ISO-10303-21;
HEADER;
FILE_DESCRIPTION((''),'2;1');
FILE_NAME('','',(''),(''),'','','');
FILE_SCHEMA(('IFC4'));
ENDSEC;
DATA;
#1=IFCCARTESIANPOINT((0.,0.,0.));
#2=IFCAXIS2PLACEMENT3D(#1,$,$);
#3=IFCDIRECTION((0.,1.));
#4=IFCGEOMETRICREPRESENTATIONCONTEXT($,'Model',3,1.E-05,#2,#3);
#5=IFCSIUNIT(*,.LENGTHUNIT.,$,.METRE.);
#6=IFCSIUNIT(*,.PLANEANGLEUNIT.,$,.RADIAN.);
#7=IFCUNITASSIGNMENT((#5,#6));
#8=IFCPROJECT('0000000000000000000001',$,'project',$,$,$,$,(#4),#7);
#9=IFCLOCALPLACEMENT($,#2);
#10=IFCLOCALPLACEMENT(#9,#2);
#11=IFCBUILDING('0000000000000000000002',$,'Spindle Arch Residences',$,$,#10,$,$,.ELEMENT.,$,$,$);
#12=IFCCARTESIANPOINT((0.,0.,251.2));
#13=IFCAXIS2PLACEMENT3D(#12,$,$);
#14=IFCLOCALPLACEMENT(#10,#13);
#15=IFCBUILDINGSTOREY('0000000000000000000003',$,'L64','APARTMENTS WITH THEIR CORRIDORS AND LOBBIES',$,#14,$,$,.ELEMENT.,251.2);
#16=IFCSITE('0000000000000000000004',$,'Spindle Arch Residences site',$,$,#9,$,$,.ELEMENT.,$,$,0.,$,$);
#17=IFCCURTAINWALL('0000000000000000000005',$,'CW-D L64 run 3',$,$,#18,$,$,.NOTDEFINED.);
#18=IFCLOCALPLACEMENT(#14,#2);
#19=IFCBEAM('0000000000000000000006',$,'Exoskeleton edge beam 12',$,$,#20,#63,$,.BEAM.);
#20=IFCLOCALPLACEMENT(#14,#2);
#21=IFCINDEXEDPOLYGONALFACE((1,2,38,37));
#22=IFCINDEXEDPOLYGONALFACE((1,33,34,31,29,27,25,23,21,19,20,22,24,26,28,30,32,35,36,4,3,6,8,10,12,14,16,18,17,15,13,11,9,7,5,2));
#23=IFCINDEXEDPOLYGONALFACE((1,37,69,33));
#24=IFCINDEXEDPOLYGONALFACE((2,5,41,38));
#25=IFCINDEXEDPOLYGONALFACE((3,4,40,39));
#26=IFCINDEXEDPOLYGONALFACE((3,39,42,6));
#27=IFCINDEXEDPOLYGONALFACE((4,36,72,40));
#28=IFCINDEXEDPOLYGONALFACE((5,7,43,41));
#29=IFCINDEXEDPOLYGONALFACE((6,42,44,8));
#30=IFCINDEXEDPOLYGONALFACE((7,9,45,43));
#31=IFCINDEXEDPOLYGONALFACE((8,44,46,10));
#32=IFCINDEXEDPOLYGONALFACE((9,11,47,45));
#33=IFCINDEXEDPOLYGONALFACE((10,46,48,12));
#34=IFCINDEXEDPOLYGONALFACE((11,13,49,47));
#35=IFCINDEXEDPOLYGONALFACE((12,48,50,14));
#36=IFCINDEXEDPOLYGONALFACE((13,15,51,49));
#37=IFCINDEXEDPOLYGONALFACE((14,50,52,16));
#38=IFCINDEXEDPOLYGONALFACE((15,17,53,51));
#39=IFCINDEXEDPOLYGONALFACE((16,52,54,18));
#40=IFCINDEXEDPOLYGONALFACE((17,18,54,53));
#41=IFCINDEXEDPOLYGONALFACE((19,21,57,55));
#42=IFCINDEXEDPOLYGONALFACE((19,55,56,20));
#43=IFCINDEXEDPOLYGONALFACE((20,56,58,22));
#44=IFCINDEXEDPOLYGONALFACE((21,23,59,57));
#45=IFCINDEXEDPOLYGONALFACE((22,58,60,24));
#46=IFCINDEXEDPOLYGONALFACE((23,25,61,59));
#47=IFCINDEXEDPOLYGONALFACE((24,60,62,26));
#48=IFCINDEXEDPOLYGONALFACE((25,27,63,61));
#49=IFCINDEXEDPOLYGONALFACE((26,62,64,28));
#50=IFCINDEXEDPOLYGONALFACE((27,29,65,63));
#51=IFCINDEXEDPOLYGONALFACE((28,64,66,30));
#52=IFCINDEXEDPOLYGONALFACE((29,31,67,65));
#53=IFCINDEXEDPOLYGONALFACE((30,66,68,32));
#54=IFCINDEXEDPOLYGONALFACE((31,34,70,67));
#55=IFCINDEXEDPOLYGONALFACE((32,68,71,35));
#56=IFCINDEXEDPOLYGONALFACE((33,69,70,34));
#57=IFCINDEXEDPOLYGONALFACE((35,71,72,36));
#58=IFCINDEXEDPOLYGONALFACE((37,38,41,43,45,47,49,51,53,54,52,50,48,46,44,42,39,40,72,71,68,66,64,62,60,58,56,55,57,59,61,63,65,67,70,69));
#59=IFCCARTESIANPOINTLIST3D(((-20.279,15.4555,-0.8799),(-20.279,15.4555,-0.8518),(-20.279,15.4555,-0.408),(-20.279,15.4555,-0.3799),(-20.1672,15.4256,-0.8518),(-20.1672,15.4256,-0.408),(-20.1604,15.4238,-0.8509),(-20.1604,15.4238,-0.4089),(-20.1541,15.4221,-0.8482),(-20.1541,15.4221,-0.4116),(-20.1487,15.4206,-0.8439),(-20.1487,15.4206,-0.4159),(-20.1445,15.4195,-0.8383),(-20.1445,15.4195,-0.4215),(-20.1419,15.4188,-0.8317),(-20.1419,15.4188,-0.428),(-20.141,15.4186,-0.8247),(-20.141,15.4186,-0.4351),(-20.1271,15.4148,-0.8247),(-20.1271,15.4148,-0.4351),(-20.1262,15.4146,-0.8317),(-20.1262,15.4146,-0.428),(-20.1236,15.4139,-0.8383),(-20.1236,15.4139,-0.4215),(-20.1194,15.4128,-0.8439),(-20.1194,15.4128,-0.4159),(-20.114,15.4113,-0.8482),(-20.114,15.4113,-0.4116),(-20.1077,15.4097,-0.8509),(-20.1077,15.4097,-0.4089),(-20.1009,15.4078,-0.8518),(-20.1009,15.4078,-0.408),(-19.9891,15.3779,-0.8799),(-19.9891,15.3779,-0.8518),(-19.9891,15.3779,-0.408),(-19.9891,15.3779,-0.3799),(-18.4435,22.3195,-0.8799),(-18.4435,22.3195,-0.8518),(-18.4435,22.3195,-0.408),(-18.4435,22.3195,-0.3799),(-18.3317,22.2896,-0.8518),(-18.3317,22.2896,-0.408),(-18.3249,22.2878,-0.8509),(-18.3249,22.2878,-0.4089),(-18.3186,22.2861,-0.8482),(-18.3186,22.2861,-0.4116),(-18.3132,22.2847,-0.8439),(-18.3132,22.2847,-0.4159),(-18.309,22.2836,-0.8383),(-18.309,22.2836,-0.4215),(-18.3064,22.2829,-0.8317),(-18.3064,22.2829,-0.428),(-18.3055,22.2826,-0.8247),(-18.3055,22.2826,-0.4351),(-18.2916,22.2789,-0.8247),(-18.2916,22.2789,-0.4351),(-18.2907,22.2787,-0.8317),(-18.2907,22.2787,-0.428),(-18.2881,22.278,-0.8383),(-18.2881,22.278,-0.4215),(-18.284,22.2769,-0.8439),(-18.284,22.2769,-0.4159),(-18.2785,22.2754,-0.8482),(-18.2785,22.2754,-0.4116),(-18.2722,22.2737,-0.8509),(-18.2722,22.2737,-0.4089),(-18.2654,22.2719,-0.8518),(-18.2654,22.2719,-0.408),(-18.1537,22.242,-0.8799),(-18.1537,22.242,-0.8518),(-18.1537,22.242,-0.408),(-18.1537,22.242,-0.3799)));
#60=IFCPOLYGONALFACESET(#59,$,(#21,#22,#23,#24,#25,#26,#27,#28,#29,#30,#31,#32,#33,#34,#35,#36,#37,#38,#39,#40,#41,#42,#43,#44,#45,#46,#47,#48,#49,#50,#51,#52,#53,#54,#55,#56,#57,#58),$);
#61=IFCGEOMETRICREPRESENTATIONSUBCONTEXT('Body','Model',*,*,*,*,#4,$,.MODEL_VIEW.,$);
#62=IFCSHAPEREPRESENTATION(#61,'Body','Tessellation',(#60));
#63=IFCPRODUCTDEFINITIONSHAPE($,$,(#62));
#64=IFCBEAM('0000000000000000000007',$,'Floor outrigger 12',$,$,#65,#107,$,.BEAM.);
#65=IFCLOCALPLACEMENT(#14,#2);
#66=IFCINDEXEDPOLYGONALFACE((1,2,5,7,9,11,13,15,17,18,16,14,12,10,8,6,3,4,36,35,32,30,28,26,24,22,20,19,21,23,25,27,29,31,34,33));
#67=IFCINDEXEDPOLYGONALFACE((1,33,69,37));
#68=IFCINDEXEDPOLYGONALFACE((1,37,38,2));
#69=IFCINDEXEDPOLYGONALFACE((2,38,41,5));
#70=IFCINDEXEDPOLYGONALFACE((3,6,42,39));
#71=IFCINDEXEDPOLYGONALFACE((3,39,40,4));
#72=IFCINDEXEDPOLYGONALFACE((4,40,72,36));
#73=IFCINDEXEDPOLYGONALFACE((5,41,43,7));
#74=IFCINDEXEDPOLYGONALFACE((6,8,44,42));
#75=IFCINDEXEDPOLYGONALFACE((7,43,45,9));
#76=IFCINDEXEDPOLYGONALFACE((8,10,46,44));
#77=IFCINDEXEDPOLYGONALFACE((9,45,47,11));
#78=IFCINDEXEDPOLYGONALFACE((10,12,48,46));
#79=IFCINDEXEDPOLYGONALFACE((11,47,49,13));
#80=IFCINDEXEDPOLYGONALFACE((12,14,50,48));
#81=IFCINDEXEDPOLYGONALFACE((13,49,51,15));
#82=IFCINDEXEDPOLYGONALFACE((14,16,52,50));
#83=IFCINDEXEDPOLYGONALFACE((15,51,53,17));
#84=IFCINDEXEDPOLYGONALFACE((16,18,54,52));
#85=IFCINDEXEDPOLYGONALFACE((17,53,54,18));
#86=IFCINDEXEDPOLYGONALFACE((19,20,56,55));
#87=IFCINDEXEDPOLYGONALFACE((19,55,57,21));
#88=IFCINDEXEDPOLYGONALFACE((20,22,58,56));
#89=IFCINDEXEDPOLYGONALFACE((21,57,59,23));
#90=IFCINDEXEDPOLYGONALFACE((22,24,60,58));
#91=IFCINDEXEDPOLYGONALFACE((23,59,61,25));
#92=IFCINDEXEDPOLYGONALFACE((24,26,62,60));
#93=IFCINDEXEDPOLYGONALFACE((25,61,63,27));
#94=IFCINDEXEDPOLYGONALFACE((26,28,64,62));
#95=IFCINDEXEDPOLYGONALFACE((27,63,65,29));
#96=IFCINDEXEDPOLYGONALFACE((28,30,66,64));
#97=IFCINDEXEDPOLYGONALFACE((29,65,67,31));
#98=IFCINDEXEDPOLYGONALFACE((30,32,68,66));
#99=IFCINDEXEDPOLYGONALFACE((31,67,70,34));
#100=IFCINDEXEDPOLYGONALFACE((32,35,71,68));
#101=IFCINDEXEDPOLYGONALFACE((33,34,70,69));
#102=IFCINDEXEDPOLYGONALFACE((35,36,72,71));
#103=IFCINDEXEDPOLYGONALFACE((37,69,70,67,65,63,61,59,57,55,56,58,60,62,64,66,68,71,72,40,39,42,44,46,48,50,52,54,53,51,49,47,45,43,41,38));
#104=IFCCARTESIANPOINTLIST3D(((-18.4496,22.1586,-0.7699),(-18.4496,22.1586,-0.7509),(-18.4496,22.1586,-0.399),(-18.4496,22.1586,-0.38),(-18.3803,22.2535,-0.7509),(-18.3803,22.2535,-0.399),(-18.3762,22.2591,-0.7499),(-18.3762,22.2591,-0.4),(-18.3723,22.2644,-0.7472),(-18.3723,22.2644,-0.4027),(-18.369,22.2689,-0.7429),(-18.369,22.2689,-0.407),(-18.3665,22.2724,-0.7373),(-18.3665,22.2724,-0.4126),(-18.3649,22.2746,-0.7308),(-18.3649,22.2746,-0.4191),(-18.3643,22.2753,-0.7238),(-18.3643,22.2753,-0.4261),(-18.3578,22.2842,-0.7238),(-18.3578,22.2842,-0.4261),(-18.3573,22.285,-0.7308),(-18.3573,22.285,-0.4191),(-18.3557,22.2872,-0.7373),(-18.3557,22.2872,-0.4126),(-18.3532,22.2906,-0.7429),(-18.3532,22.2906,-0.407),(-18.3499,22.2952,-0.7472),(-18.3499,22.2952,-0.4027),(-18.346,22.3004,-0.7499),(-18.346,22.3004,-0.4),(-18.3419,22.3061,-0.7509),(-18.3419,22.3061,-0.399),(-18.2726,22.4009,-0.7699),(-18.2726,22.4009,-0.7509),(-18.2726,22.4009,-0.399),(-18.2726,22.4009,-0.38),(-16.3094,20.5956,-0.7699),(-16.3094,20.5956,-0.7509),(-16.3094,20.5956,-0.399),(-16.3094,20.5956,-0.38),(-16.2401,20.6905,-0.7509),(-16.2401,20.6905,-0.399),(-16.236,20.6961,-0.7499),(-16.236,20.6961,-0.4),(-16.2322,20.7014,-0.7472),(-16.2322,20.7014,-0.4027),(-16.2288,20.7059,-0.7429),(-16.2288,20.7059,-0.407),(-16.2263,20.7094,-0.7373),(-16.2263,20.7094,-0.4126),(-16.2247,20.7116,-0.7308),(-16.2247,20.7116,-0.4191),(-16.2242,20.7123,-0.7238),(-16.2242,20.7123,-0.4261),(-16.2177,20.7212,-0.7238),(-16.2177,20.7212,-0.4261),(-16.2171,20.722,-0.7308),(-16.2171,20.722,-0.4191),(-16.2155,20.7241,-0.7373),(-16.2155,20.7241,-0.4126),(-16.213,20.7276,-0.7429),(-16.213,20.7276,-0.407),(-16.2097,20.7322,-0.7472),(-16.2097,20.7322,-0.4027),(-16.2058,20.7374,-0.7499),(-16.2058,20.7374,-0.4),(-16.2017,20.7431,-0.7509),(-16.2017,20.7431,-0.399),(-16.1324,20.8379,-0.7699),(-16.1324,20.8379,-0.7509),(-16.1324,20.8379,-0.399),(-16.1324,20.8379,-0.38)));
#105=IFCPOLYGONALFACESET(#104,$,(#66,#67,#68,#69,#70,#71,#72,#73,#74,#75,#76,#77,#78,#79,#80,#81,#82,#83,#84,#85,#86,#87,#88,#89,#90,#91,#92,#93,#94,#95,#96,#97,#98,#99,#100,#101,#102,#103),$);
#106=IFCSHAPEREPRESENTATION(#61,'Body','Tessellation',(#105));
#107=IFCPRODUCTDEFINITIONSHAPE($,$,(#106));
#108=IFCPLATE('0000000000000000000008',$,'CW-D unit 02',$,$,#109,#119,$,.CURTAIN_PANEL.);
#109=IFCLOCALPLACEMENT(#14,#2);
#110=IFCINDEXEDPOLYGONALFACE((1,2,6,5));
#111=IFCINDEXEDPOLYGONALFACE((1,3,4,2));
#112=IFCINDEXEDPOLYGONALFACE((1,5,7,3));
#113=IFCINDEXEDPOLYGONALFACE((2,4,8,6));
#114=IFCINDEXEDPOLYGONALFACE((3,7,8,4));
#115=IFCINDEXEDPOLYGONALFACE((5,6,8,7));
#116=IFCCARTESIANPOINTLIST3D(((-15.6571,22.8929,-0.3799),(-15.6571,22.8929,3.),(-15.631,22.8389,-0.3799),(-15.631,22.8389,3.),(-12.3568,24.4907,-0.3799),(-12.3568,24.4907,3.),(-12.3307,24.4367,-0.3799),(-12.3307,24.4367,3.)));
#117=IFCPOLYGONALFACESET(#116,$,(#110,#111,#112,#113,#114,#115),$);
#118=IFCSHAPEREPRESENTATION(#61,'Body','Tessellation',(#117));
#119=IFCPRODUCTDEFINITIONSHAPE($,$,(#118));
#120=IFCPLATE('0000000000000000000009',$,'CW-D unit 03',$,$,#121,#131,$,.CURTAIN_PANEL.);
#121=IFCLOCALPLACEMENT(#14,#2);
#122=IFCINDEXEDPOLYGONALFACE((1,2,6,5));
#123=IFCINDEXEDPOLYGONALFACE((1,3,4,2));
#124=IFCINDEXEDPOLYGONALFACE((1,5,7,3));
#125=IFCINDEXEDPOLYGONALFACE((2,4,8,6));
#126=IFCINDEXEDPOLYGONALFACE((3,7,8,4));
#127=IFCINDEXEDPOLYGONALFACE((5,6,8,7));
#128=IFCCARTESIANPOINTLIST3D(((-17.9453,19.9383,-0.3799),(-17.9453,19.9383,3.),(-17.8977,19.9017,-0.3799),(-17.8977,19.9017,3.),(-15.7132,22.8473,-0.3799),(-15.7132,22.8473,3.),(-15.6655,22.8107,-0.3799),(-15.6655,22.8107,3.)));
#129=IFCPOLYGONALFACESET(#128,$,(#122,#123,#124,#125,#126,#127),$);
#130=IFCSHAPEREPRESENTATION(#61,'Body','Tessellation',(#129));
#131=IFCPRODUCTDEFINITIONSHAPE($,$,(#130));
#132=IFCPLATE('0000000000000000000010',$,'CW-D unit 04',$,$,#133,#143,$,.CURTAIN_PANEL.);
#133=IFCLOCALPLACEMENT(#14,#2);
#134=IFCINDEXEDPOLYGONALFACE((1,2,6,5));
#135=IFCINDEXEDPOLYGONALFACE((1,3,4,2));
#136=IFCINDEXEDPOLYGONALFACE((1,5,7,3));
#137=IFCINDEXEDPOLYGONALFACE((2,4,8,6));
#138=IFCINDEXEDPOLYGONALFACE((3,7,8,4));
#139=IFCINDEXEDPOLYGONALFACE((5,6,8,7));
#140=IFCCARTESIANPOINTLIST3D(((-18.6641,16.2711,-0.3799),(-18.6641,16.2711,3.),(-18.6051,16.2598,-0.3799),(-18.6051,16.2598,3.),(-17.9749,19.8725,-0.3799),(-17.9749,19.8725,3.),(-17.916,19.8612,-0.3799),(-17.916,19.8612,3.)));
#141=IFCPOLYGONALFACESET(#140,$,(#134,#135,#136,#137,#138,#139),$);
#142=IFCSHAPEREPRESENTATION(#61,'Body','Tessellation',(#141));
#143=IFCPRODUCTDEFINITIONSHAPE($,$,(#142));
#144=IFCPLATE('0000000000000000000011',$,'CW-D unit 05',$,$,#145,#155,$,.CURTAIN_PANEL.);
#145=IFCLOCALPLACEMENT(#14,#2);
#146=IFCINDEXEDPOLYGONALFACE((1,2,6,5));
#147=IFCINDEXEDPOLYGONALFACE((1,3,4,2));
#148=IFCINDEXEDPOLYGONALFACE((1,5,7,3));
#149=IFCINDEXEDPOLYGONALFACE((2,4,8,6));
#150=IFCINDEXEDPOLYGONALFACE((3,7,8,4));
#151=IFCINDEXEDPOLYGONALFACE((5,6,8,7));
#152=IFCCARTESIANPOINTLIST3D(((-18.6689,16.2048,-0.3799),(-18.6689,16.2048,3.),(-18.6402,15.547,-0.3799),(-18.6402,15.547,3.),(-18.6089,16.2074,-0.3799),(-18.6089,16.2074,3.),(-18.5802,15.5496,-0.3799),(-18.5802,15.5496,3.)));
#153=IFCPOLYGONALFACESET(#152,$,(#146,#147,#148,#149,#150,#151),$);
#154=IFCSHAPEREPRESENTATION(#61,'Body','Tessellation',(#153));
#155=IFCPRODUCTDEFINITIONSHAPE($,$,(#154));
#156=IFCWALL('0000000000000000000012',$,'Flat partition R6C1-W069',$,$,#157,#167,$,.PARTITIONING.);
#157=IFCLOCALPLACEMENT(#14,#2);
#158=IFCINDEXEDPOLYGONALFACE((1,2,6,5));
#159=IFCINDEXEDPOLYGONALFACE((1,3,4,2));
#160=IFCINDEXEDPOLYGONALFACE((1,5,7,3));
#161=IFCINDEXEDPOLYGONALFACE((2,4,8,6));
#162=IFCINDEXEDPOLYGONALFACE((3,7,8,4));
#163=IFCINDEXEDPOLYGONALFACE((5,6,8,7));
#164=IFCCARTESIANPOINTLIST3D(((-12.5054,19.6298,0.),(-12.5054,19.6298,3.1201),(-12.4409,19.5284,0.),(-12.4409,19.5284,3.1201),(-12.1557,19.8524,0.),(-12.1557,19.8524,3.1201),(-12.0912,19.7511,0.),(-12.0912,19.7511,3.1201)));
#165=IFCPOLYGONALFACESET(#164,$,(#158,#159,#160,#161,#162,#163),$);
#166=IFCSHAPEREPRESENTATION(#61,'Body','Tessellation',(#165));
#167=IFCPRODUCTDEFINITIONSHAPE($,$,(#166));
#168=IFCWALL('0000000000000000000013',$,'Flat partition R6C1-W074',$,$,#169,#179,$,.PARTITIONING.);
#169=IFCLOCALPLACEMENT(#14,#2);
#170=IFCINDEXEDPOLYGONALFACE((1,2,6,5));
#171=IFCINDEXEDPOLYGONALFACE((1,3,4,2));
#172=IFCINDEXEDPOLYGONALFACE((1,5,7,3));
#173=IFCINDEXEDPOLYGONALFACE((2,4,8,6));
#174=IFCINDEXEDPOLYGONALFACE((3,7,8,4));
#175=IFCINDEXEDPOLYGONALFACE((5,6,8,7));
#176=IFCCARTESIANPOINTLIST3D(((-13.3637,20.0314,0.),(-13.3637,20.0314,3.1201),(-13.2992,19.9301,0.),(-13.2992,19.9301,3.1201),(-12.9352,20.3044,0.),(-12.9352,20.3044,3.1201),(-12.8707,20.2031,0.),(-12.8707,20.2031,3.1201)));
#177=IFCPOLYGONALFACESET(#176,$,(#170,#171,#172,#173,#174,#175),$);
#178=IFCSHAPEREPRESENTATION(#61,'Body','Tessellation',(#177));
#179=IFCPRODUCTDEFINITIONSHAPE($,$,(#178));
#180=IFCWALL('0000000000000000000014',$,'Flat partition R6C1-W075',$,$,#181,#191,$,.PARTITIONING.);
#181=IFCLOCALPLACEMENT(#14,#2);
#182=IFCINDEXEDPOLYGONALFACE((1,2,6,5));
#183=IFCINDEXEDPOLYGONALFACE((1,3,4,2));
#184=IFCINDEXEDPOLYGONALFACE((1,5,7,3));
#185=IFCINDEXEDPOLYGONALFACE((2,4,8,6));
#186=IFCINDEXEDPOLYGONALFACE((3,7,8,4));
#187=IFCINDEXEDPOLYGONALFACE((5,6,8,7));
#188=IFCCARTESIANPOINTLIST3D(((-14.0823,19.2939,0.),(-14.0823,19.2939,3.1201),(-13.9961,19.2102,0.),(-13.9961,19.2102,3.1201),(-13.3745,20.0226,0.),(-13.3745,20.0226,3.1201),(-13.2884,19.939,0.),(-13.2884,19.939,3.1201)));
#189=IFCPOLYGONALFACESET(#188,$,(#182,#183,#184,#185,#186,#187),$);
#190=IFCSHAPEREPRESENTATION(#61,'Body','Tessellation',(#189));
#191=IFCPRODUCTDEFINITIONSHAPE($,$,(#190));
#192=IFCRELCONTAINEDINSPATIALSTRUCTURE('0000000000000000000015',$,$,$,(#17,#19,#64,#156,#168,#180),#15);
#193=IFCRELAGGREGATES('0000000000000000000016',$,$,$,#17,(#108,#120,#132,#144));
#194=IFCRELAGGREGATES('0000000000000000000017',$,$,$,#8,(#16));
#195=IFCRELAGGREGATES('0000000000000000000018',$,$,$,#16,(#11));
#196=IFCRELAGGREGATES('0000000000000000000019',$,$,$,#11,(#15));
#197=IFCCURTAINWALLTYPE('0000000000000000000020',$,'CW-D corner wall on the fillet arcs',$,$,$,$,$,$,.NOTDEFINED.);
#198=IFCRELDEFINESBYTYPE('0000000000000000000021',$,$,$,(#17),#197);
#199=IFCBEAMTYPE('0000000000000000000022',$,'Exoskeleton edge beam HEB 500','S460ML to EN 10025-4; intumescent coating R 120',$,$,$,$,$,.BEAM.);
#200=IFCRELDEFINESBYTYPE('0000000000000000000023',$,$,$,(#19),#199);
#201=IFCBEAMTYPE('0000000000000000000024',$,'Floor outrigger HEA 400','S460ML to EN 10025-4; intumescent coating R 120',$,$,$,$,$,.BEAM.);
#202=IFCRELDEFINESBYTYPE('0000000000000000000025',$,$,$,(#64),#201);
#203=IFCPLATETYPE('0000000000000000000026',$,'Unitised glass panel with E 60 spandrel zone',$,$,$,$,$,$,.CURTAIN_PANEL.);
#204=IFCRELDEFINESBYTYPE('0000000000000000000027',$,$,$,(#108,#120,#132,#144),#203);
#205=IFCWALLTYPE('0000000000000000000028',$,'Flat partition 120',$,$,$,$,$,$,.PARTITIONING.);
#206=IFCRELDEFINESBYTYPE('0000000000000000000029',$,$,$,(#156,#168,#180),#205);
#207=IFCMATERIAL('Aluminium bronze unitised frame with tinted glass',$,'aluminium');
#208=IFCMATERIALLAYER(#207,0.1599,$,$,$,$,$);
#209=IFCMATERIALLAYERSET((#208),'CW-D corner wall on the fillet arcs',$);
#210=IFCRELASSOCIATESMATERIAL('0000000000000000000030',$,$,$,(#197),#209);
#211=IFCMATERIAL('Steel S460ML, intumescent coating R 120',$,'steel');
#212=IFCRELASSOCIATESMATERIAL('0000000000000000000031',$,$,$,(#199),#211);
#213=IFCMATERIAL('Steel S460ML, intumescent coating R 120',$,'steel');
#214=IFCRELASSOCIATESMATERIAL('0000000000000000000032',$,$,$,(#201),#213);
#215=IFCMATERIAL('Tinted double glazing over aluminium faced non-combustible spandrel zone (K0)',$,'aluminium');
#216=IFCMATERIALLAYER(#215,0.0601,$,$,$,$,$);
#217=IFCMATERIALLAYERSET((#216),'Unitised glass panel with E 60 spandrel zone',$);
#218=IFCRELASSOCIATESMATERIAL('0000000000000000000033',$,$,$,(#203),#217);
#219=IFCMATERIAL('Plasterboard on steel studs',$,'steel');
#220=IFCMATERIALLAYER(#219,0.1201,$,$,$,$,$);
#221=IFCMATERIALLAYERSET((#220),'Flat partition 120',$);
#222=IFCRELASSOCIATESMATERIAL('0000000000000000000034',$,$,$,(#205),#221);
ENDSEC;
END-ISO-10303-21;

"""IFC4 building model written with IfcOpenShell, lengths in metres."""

from ifc_helpers import new_model, si_unit, direction, frame, frame_2d, origin, origin_2d, place, context, subcontext, project, spatial, rectangle, i_section, extrude, material, layer, layer_set, material_profile, profile_set, type_object, element, aggregate, save


model = new_model("IFC4")

# Units and contexts
model_context = context("Model", 3, precision=1e-05, world=origin(), true_north=direction((0.0, 1.0)))
body_context = subcontext(model_context, "Body", "Model", "MODEL_VIEW")
ifc_project = project(units=[si_unit("LENGTHUNIT", "METRE"), si_unit("PLANEANGLEUNIT", "RADIAN")], contexts=[model_context])

# Site, building, storey
site_placement = place(None, origin())
site = spatial("IfcSite", under=ifc_project, at=site_placement, Name="Spindle Arch Residences site", CompositionType="ELEMENT", RefElevation=0.0)
building_placement = place(site_placement, origin())
building = spatial("IfcBuilding", under=site, at=building_placement, Name="Spindle Arch Residences", CompositionType="ELEMENT")
storey_placement = place(building_placement, frame((0.0, 0.0, 251.2)))
storey = spatial("IfcBuildingStorey", under=building, at=storey_placement, Name="L64", Description="APARTMENTS WITH THEIR CORRIDORS AND LOBBIES", CompositionType="ELEMENT", Elevation=251.2)

# Curtain wall
ifc_material_1 = material(Name="Aluminium bronze unitised frame with tinted glass", Category="aluminium")
ifc_layer_1 = layer(ifc_material_1, 0.1599)
ifc_layer_set_1 = layer_set([ifc_layer_1], Name="CW-D corner wall on the fillet arcs")
curtain_wall_type = type_object("IfcCurtainWallType", Name="CW-D corner wall on the fillet arcs", PredefinedType="NOTDEFINED", material=ifc_layer_set_1)
curtain_wall_placement = place(storey_placement, origin())
curtain_wall = element("IfcCurtainWall", 1, at=curtain_wall_placement, inside=storey, type_object=curtain_wall_type, Name="CW-D L64 run 3", PredefinedType="NOTDEFINED")

# Beams
ifc_material_2 = material(Name="Steel S460ML, intumescent coating R 120", Category="steel")
ifc_material_profile_1 = material_profile(ifc_material_2, i_section(OverallWidth=0.3, OverallDepth=0.5, WebThickness=0.0144, FlangeThickness=0.0281, FilletRadius=0.0271, at=origin_2d()), Name="HEB 500")
ifc_profile_set_1 = profile_set([ifc_material_profile_1], Name="Steel S460ML, intumescent coating R 120")
beam_type_1 = type_object("IfcBeamType", Name="Exoskeleton edge beam HEB 500", Description="S460ML to EN 10025-4; intumescent coating R 120", PredefinedType="BEAM", material=ifc_profile_set_1)
beam_1_placement = place(storey_placement, frame((-18.2986, 22.2808, -0.6299), z_axis=(-0.258326, -0.966058, 0.0), x_axis=(0.966058, -0.258326, 0.0)))
element("IfcBeam", 2, at=beam_1_placement, inside=storey, type_object=beam_type_1, Name="Exoskeleton edge beam 12", PredefinedType="BEAM", context=body_context, shape_type="SweptSolid", body=[
    extrude(i_section(OverallWidth=0.3, OverallDepth=0.5, WebThickness=0.0144, FlangeThickness=0.0281, FilletRadius=0.0271, at=origin_2d()), origin(), (0.0, 0.0, 1.0), 7.1052),
])
ifc_material_3 = material(Name="Steel S460ML, intumescent coating R 120", Category="steel")
ifc_material_profile_2 = material_profile(ifc_material_3, i_section(OverallWidth=0.3, OverallDepth=0.3899, WebThickness=0.011, FlangeThickness=0.019, FilletRadius=0.0271, at=origin_2d()), Name="HEA 400")
ifc_profile_set_2 = profile_set([ifc_material_profile_2], Name="Steel S460ML, intumescent coating R 120")
beam_type_2 = type_object("IfcBeamType", Name="Floor outrigger HEA 400", Description="S460ML to EN 10025-4; intumescent coating R 120", PredefinedType="BEAM", material=ifc_profile_set_2)
beam_2_placement = place(storey_placement, frame((-18.3611, 22.2798, -0.575), z_axis=(0.807563, -0.589781, 0.0), x_axis=(0.589781, 0.807563, 0.0)))
element("IfcBeam", 3, at=beam_2_placement, inside=storey, type_object=beam_type_2, Name="Floor outrigger 12", PredefinedType="BEAM", context=body_context, shape_type="SweptSolid", body=[
    extrude(i_section(OverallWidth=0.3, OverallDepth=0.3899, WebThickness=0.011, FlangeThickness=0.019, FilletRadius=0.0271, at=origin_2d()), origin(), (0.0, 0.0, 1.0), 2.6501),
])

# Plates
ifc_material_4 = material(Name="Tinted double glazing over aluminium faced non-combustible spandrel zone (K0)", Category="aluminium")
ifc_layer_2 = layer(ifc_material_4, 0.0601)
ifc_layer_set_2 = layer_set([ifc_layer_2], Name="Unitised glass panel with E 60 spandrel zone")
plate_type = type_object("IfcPlateType", Name="Unitised glass panel with E 60 spandrel zone", PredefinedType="CURTAIN_PANEL", material=ifc_layer_set_2)
plate_1_placement = place(storey_placement, frame((-13.9939, 23.6648, -0.3799), z_axis=(0.0, 0.0, 1.0), x_axis=(-0.900065, -0.435755, 0.0)))
plate_1 = element("IfcPlate", 4, at=plate_1_placement, type_object=plate_type, Name="CW-D unit 02", PredefinedType="CURTAIN_PANEL", context=body_context, shape_type="SweptSolid", body=[
    extrude(rectangle(XDim=3.6667, YDim=0.0601, at=origin_2d()), origin(), (0.0, 0.0, 1.0), 3.3799),
])
plate_2_placement = place(storey_placement, frame((-16.8054, 21.3745, -0.3799), z_axis=(0.0, 0.0, 1.0), x_axis=(-0.608761, -0.793353, 0.0)))
plate_2 = element("IfcPlate", 5, at=plate_2_placement, type_object=plate_type, Name="CW-D unit 03", PredefinedType="CURTAIN_PANEL", context=body_context, shape_type="SweptSolid", body=[
    extrude(rectangle(XDim=3.6667, YDim=0.0601, at=origin_2d()), origin(), (0.0, 0.0, 1.0), 3.3799),
])
plate_3_placement = place(storey_placement, frame((-18.29, 18.0662, -0.3799), z_axis=(0.0, 0.0, 1.0), x_axis=(-0.187953, -0.982178, 0.0)))
plate_3 = element("IfcPlate", 6, at=plate_3_placement, type_object=plate_type, Name="CW-D unit 04", PredefinedType="CURTAIN_PANEL", context=body_context, shape_type="SweptSolid", body=[
    extrude(rectangle(XDim=3.6667, YDim=0.0601, at=origin_2d()), origin(), (0.0, 0.0, 1.0), 3.3799),
])
plate_4_placement = place(storey_placement, frame((-18.6245, 15.8772, -0.3799), z_axis=(0.0, 0.0, 1.0), x_axis=(0.043619, -0.999048, 0.0)))
plate_4 = element("IfcPlate", 7, at=plate_4_placement, type_object=plate_type, Name="CW-D unit 05", PredefinedType="CURTAIN_PANEL", context=body_context, shape_type="SweptSolid", body=[
    extrude(rectangle(XDim=0.6584, YDim=0.0601, at=origin_2d()), origin(), (0.0, 0.0, 1.0), 3.3799),
])
aggregate(curtain_wall, [plate_1, plate_2, plate_3, plate_4])

# Walls
ifc_material_5 = material(Name="Plasterboard on steel studs", Category="steel")
ifc_layer_3 = layer(ifc_material_5, 0.1201)
ifc_layer_set_3 = layer_set([ifc_layer_3], Name="Flat partition 120")
wall_type_1 = type_object("IfcWallType", Name="Flat partition 120", PredefinedType="PARTITIONING", material=ifc_layer_set_3)
wall_1_placement = place(storey_placement, frame((-12.4731, 19.5791, 0.0), z_axis=(0.0, 0.0, 1.0), x_axis=(0.843467, 0.53718, 0.0)))
element("IfcWall", 8, at=wall_1_placement, inside=storey, type_object=wall_type_1, Name="Flat partition R6C1-W069", PredefinedType="PARTITIONING", context=body_context, shape_type="SweptSolid", body=[
    extrude(rectangle(XDim=0.4146, YDim=0.1201, at=frame_2d((0.2073, 0.0))), origin(), (0.0, 0.0, 1.0), 3.1201),
])
wall_2_placement = place(storey_placement, frame((-12.9031, 20.2537, 0.0), z_axis=(0.0, 0.0, 1.0), x_axis=(-0.843404, -0.53728, 0.0)))
element("IfcWall", 9, at=wall_2_placement, inside=storey, type_object=wall_type_1, Name="Flat partition R6C1-W074", PredefinedType="PARTITIONING", context=body_context, shape_type="SweptSolid", body=[
    extrude(rectangle(XDim=0.5081, YDim=0.1201, at=frame_2d((0.2539, 0.0))), origin(), (0.0, 0.0, 1.0), 3.1201),
])
for number, where, z_axis, x_axis, name in (
    (10, (-13.3315, 19.9807, 0.0), (0.0, 0.0, 1.0), (-0.696697, -0.717365, 0.0), "Flat partition R6C1-W075"),
):
    element("IfcWall", number, at=place(storey_placement, frame(where, z_axis=z_axis, x_axis=x_axis)), inside=storey, type_object=wall_type_1, Name=name, PredefinedType="PARTITIONING", context=body_context, shape_type="SweptSolid", body=[
        extrude(rectangle(XDim=1.0159, YDim=0.1201, at=frame_2d((0.5078, 0.0))), origin(), (0.0, 0.0, 1.0), 3.1201),
    ])

save(model, "model.ifc")
